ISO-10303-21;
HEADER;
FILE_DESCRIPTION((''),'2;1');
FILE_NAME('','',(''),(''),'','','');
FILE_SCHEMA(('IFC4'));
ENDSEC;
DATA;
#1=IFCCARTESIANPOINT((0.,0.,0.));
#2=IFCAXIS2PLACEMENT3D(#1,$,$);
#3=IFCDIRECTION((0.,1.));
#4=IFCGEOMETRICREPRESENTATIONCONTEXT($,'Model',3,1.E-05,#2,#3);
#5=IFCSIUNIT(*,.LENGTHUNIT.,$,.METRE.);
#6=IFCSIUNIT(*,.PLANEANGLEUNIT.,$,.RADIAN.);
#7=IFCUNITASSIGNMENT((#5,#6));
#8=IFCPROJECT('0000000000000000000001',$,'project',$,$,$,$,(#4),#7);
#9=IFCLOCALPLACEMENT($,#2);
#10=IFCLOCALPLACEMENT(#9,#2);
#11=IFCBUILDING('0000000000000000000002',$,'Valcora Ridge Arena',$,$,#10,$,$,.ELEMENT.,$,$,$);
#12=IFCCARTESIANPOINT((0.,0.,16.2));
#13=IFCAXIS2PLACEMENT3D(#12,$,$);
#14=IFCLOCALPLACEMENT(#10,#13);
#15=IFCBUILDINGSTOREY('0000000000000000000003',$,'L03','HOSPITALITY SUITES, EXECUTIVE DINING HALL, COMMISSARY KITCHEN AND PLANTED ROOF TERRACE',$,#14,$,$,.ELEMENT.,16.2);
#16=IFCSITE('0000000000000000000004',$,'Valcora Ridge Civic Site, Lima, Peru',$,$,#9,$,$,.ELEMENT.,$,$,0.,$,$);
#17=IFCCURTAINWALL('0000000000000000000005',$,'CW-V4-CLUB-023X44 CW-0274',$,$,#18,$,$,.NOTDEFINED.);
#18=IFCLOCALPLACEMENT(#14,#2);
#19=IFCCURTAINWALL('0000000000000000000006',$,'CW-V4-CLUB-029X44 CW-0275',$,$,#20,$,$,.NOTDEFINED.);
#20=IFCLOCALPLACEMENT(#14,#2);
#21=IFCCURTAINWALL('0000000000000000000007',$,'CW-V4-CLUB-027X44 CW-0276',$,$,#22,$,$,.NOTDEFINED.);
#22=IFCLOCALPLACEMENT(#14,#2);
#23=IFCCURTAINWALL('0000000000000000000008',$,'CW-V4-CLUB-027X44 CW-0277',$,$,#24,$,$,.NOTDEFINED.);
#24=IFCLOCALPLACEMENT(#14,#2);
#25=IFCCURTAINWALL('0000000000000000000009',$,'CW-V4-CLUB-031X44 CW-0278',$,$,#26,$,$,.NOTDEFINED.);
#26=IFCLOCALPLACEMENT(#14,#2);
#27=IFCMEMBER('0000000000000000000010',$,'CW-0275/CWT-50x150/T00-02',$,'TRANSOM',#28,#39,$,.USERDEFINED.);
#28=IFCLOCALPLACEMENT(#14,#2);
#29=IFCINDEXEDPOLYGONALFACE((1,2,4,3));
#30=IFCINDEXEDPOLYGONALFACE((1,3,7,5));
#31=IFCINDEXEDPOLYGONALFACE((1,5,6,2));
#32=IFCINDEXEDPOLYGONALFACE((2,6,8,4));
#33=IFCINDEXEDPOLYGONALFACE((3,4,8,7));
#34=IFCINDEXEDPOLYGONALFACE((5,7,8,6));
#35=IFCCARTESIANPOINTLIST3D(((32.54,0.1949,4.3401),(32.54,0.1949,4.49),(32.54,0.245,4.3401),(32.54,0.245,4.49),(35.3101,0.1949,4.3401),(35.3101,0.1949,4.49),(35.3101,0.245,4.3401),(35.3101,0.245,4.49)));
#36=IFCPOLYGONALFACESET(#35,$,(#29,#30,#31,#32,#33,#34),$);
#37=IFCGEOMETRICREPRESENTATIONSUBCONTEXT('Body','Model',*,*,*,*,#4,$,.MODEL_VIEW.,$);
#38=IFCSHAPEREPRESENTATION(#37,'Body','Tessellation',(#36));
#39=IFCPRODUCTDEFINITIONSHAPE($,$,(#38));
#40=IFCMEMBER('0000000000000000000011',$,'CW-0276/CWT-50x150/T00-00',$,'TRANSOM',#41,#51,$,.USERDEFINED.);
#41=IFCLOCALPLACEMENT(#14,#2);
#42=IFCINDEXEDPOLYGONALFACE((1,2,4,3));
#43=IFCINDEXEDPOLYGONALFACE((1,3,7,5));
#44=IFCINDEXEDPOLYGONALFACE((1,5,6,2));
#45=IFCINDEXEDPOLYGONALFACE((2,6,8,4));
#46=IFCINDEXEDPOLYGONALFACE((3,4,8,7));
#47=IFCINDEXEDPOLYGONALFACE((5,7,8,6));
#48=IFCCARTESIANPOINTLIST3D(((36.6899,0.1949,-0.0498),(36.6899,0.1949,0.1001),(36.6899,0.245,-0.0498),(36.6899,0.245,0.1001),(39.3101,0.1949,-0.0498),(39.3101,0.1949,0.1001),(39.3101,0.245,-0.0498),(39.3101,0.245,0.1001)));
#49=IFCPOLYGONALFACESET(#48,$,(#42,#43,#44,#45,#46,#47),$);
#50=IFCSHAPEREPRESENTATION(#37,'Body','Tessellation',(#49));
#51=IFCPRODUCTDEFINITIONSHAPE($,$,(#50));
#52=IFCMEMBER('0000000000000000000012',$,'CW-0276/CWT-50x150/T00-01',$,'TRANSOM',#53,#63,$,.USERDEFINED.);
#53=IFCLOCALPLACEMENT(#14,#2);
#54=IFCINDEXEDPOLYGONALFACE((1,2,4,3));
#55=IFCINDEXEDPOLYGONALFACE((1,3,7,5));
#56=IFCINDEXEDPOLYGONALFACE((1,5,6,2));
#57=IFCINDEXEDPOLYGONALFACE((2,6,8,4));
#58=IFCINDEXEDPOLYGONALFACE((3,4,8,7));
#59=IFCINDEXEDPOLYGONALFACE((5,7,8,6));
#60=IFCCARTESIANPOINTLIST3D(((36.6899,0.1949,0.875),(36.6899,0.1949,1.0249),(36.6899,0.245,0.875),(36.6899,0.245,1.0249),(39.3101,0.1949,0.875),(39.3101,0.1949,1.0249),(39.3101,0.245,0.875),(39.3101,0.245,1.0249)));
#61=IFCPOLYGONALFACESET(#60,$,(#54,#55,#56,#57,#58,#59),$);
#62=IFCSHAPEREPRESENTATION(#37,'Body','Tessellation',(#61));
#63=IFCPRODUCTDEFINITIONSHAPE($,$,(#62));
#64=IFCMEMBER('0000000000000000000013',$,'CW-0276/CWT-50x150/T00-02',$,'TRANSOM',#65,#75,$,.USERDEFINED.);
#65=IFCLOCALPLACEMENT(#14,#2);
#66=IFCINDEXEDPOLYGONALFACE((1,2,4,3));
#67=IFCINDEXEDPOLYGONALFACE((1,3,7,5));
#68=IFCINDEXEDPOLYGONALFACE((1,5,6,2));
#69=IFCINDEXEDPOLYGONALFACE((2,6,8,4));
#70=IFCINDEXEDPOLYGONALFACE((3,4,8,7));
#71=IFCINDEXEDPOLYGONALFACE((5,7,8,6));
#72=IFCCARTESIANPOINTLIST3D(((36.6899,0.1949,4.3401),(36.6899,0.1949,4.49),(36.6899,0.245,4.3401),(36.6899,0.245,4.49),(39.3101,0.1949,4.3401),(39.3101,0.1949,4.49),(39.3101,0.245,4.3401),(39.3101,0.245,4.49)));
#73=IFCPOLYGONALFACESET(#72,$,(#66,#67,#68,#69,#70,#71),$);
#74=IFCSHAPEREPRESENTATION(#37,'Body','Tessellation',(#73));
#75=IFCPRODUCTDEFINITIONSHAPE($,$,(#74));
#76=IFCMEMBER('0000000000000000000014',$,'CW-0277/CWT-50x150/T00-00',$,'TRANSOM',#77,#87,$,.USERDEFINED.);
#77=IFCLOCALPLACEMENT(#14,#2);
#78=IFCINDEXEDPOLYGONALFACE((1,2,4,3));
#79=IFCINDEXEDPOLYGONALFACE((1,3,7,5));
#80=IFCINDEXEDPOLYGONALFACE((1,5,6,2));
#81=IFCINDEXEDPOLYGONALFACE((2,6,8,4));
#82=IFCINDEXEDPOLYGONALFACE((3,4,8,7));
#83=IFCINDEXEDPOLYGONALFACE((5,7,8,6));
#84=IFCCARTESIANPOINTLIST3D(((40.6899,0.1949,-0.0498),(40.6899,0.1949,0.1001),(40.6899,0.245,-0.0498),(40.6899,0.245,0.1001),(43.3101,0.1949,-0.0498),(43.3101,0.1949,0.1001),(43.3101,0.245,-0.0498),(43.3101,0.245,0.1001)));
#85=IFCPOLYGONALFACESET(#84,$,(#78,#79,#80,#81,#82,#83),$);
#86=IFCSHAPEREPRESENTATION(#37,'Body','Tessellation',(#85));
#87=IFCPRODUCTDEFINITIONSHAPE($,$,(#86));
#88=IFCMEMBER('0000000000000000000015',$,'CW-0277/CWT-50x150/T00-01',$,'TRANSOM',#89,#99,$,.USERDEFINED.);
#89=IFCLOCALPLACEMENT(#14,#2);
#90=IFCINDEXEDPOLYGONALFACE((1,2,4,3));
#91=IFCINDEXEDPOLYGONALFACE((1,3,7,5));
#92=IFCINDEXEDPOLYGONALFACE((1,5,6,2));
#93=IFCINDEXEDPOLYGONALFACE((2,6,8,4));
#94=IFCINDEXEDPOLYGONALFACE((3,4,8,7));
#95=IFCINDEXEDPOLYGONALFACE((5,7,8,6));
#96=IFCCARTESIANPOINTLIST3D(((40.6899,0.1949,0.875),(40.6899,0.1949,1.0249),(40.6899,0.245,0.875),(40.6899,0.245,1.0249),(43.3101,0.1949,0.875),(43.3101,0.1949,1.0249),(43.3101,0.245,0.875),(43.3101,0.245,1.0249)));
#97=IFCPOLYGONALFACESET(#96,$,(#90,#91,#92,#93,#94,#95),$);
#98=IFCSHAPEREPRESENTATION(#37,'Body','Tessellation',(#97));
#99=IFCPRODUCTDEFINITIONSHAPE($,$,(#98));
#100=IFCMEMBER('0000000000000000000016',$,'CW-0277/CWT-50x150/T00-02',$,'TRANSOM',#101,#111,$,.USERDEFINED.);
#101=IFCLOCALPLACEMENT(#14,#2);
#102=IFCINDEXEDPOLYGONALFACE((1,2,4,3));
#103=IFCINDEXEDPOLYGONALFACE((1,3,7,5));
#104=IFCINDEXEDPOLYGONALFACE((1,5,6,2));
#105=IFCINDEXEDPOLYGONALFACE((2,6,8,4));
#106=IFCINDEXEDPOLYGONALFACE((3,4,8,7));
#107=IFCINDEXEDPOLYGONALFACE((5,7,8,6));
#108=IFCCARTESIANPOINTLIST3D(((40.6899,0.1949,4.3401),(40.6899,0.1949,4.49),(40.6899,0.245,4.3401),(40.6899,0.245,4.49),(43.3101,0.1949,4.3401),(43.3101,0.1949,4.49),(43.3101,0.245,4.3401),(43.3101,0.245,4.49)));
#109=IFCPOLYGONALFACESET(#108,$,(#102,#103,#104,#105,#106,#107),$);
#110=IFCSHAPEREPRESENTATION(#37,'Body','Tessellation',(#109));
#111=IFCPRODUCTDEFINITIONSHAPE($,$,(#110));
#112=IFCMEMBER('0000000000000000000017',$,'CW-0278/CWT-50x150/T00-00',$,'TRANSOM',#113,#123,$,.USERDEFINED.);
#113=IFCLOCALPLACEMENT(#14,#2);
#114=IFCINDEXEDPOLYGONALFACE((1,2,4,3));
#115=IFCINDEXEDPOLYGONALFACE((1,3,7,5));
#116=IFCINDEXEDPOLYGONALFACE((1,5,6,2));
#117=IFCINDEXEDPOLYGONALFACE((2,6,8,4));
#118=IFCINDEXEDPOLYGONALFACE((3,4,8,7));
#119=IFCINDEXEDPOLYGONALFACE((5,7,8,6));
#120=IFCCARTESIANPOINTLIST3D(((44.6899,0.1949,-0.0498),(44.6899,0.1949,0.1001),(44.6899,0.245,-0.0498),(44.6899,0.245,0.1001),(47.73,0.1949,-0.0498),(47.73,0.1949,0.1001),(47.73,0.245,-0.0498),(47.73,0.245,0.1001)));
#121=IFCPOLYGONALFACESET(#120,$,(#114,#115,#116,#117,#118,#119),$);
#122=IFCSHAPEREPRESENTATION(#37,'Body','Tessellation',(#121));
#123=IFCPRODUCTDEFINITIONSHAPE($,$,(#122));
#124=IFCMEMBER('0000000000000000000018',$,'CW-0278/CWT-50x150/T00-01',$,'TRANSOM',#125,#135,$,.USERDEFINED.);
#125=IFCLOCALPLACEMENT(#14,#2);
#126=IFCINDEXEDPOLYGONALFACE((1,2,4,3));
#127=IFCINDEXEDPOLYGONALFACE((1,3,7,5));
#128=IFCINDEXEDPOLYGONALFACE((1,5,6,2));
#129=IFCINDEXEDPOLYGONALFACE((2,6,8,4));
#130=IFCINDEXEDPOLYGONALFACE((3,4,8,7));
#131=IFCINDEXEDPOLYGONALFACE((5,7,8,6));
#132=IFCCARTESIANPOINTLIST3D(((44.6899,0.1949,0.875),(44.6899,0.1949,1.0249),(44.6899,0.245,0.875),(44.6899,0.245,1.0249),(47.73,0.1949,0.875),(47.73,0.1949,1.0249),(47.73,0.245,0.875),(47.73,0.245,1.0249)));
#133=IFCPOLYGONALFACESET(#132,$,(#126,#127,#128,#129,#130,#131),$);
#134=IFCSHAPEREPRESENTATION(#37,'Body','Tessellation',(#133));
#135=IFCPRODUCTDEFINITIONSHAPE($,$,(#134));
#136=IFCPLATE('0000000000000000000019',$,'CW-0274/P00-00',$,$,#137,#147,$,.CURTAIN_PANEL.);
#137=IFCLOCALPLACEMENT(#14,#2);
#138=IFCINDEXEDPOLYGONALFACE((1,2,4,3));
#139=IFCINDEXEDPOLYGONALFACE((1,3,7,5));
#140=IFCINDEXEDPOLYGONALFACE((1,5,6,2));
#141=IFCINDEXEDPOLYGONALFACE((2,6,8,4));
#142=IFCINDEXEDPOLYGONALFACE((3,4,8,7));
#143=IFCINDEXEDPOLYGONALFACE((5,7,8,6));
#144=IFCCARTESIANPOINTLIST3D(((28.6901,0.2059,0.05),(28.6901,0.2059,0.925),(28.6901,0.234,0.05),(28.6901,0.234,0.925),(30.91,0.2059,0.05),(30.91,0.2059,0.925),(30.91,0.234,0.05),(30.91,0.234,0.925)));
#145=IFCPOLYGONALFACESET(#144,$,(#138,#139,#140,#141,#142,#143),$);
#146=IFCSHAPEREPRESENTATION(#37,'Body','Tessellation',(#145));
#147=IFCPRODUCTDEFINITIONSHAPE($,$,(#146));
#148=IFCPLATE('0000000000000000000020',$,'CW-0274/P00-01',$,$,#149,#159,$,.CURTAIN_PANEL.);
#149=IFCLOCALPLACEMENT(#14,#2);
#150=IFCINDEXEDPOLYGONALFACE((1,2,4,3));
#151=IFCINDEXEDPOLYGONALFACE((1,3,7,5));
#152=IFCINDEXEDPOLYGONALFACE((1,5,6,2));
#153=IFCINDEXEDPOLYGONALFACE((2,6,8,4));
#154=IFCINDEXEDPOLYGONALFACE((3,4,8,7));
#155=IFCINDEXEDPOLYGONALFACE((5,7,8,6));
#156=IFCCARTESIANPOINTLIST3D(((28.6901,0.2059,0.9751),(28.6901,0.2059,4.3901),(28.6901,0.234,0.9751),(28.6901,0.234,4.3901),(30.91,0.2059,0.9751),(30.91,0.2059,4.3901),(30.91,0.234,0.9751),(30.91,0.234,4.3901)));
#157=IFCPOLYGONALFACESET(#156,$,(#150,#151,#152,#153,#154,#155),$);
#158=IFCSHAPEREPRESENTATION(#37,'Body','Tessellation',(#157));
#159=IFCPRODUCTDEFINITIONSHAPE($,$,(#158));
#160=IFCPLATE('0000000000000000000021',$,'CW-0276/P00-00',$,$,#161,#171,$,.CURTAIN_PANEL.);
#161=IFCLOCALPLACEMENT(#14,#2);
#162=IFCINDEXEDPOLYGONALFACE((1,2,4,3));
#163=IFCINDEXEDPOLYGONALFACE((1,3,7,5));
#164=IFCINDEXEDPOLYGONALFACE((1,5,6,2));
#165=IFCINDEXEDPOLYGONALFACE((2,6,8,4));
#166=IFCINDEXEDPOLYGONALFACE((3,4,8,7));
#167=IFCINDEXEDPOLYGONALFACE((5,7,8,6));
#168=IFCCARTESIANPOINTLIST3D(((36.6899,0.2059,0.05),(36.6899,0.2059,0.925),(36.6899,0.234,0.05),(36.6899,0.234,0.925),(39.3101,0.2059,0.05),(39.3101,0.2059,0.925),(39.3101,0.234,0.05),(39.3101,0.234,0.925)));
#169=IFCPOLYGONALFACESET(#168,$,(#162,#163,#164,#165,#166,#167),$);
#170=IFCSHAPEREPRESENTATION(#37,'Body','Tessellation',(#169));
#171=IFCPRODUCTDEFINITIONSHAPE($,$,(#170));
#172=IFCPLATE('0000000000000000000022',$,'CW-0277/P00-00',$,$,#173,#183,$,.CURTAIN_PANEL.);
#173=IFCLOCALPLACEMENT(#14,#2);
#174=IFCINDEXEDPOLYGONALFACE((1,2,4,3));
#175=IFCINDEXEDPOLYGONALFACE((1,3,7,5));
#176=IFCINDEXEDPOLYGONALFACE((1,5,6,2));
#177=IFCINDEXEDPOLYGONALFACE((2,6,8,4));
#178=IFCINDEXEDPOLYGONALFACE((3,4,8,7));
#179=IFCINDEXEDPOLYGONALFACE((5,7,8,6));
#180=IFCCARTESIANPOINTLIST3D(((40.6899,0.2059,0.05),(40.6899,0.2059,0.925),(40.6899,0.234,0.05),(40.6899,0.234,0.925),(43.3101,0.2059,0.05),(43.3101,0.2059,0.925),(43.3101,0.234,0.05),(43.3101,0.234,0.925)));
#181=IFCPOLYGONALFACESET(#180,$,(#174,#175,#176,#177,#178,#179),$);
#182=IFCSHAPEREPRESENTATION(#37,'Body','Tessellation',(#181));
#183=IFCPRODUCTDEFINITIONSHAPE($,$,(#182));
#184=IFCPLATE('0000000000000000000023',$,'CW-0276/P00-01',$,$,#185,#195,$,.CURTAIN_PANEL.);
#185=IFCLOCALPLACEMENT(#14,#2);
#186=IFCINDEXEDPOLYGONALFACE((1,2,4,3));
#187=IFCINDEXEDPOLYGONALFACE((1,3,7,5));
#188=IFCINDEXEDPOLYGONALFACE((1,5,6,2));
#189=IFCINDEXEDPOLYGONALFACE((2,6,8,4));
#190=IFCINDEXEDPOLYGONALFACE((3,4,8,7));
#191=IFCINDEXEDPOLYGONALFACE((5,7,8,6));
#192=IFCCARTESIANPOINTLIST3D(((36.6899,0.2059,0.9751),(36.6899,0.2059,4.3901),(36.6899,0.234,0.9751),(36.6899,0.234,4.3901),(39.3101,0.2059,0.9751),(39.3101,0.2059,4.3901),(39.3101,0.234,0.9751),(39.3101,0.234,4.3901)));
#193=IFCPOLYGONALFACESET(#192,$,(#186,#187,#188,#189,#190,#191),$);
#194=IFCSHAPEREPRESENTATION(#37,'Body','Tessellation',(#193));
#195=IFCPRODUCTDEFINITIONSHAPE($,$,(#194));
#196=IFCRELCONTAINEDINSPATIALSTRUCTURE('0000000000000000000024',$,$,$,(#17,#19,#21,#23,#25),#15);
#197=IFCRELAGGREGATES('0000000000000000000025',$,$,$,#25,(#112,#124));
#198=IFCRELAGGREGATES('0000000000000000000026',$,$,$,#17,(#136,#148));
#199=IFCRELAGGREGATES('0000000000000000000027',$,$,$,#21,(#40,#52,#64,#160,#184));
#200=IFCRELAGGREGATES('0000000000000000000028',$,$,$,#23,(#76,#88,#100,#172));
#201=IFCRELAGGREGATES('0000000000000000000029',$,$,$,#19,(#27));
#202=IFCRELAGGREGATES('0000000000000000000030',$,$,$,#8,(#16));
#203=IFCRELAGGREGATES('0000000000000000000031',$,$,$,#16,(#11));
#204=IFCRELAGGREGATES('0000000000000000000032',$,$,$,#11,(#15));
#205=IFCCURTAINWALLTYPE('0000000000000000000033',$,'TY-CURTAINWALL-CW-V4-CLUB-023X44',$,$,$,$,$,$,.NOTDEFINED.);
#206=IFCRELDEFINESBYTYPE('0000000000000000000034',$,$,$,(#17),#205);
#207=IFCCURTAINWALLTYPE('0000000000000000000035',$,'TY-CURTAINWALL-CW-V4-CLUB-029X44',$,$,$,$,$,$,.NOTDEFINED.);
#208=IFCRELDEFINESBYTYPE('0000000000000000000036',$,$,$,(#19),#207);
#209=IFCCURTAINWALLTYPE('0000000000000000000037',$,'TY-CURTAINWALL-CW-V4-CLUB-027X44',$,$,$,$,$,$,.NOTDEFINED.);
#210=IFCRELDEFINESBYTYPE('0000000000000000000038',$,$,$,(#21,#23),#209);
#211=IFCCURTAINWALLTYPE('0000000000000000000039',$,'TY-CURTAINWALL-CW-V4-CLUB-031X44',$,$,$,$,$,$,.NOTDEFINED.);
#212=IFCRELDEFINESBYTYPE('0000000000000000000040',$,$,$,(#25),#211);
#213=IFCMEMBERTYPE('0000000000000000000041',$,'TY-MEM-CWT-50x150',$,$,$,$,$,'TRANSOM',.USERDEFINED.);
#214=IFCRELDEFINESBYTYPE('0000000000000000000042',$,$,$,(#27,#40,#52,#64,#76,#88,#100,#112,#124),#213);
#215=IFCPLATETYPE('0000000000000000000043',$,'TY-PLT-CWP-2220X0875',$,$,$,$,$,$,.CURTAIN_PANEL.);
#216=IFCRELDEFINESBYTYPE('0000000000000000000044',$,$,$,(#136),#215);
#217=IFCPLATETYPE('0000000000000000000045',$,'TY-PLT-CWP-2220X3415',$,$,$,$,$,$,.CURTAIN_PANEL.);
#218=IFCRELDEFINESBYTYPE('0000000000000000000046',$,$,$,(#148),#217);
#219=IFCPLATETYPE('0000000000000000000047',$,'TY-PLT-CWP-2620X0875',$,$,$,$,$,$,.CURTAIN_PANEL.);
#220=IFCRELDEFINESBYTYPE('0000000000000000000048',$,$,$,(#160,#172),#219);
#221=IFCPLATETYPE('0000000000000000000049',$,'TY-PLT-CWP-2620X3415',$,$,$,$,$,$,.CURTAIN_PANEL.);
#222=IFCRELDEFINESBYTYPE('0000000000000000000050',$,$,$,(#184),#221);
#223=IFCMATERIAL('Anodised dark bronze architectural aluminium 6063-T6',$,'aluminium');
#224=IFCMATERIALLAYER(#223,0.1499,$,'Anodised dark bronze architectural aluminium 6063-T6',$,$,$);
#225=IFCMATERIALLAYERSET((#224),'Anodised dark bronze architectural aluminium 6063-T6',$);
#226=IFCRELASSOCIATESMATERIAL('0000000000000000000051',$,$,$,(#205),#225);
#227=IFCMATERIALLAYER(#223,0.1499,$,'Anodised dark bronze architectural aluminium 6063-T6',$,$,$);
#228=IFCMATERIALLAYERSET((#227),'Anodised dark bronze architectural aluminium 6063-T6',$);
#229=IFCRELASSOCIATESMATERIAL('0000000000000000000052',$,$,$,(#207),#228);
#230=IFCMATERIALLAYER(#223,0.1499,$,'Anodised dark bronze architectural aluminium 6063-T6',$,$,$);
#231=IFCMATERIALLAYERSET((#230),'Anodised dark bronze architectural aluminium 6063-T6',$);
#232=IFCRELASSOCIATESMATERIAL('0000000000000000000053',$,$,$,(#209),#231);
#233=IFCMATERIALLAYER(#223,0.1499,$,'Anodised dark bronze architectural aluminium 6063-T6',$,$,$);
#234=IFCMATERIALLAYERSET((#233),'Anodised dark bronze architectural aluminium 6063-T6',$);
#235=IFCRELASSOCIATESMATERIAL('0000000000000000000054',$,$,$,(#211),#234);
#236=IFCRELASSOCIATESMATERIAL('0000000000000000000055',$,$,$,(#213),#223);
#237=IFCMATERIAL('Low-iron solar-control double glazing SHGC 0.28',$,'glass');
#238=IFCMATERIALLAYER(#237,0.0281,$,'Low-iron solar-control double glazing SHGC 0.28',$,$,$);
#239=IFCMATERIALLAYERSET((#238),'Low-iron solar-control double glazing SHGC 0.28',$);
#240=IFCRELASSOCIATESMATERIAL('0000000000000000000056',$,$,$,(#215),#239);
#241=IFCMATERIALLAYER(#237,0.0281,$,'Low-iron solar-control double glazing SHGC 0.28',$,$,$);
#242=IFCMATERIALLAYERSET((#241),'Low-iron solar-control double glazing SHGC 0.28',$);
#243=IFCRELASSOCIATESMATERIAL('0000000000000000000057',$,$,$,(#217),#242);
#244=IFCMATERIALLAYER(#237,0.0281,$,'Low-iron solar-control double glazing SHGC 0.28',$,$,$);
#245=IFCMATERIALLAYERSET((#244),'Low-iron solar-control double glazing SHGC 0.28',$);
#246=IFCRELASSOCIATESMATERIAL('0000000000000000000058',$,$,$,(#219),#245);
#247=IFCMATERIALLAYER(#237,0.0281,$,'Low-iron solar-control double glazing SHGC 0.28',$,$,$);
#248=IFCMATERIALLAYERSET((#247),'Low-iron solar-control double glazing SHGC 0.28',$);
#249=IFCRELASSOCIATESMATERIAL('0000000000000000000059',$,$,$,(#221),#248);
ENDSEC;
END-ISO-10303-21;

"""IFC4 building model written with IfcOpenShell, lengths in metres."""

from ifc_helpers import new_model, si_unit, direction, frame, origin, origin_2d, place, context, subcontext, project, spatial, rectangle, extrude, material, layer, layer_set, material_profile, profile_set, type_object, element, aggregate, save


model = new_model("IFC4")

# Units and contexts
model_context = context("Model", 3, precision=1e-05, world=origin(), true_north=direction((0.0, 1.0)))
body_context = subcontext(model_context, "Body", "Model", "MODEL_VIEW")
ifc_project = project(units=[si_unit("LENGTHUNIT", "METRE"), si_unit("PLANEANGLEUNIT", "RADIAN")], contexts=[model_context])

# Site, building, storey
site_placement = place(None, origin())
site = spatial("IfcSite", under=ifc_project, at=site_placement, Name="Valcora Ridge Civic Site, Lima, Peru", CompositionType="ELEMENT", RefElevation=0.0)
building_placement = place(site_placement, origin())
building = spatial("IfcBuilding", under=site, at=building_placement, Name="Valcora Ridge Arena", CompositionType="ELEMENT")
storey_placement = place(building_placement, frame((0.0, 0.0, 16.2)))
storey = spatial("IfcBuildingStorey", under=building, at=storey_placement, Name="L03", Description="HOSPITALITY SUITES, EXECUTIVE DINING HALL, COMMISSARY KITCHEN AND PLANTED ROOF TERRACE", CompositionType="ELEMENT", Elevation=16.2)

# Curtain wall
ifc_material_1 = material(Name="Anodised dark bronze architectural aluminium 6063-T6", Category="aluminium")
ifc_layer_1 = layer(ifc_material_1, 0.1499, Name="Anodised dark bronze architectural aluminium 6063-T6")
ifc_layer_set_1 = layer_set([ifc_layer_1], Name="Anodised dark bronze architectural aluminium 6063-T6")
curtain_wall_type_1 = type_object("IfcCurtainWallType", Name="TY-CURTAINWALL-CW-V4-CLUB-023X44", PredefinedType="NOTDEFINED", material=ifc_layer_set_1)
curtain_wall_1_placement = place(storey_placement, origin())
curtain_wall_1 = element("IfcCurtainWall", 1, at=curtain_wall_1_placement, inside=storey, type_object=curtain_wall_type_1, Name="CW-V4-CLUB-023X44 CW-0274", PredefinedType="NOTDEFINED")

# Curtain walls
ifc_layer_2 = layer(ifc_material_1, 0.1499, Name="Anodised dark bronze architectural aluminium 6063-T6")
ifc_layer_set_2 = layer_set([ifc_layer_2], Name="Anodised dark bronze architectural aluminium 6063-T6")
curtain_wall_type_2 = type_object("IfcCurtainWallType", Name="TY-CURTAINWALL-CW-V4-CLUB-029X44", PredefinedType="NOTDEFINED", material=ifc_layer_set_2)
curtain_wall_2_placement = place(storey_placement, origin())
curtain_wall_2 = element("IfcCurtainWall", 2, at=curtain_wall_2_placement, inside=storey, type_object=curtain_wall_type_2, Name="CW-V4-CLUB-029X44 CW-0275", PredefinedType="NOTDEFINED")
ifc_layer_3 = layer(ifc_material_1, 0.1499, Name="Anodised dark bronze architectural aluminium 6063-T6")
ifc_layer_set_3 = layer_set([ifc_layer_3], Name="Anodised dark bronze architectural aluminium 6063-T6")
curtain_wall_type_3 = type_object("IfcCurtainWallType", Name="TY-CURTAINWALL-CW-V4-CLUB-027X44", PredefinedType="NOTDEFINED", material=ifc_layer_set_3)
curtain_wall_3_placement = place(storey_placement, origin())
curtain_wall_3 = element("IfcCurtainWall", 3, at=curtain_wall_3_placement, inside=storey, type_object=curtain_wall_type_3, Name="CW-V4-CLUB-027X44 CW-0276", PredefinedType="NOTDEFINED")
curtain_wall_4_placement = place(storey_placement, origin())
curtain_wall_4 = element("IfcCurtainWall", 4, at=curtain_wall_4_placement, inside=storey, type_object=curtain_wall_type_3, Name="CW-V4-CLUB-027X44 CW-0277", PredefinedType="NOTDEFINED")

# Curtain wall
ifc_layer_4 = layer(ifc_material_1, 0.1499, Name="Anodised dark bronze architectural aluminium 6063-T6")
ifc_layer_set_4 = layer_set([ifc_layer_4], Name="Anodised dark bronze architectural aluminium 6063-T6")
curtain_wall_type_4 = type_object("IfcCurtainWallType", Name="TY-CURTAINWALL-CW-V4-CLUB-031X44", PredefinedType="NOTDEFINED", material=ifc_layer_set_4)
curtain_wall_5_placement = place(storey_placement, origin())
curtain_wall_5 = element("IfcCurtainWall", 5, at=curtain_wall_5_placement, inside=storey, type_object=curtain_wall_type_4, Name="CW-V4-CLUB-031X44 CW-0278", PredefinedType="NOTDEFINED")

# Members
ifc_material_profile_1 = material_profile(ifc_material_1, rectangle(XDim=0.05, YDim=0.1499, at=origin_2d()), Name="ALU TRANSOM 50x150")
ifc_profile_set_1 = profile_set([ifc_material_profile_1], Name="Anodised dark bronze architectural aluminium 6063-T6")
member_type_1 = type_object("IfcMemberType", Name="TY-MEM-CWT-50x150", ElementType="TRANSOM", PredefinedType="USERDEFINED", material=ifc_profile_set_1)
member_1_placement = place(storey_placement, frame((32.54, 0.22, 4.415), z_axis=(1.0, 0.0, 0.0), x_axis=(0.0, 1.0, 0.0)))
member_1 = element("IfcMember", 6, at=member_1_placement, type_object=member_type_1, Name="CW-0275/CWT-50x150/T00-02", ObjectType="TRANSOM", PredefinedType="USERDEFINED", context=body_context, shape_type="SweptSolid", body=[
    extrude(rectangle(XDim=0.05, YDim=0.1499, at=origin_2d()), origin(), (0.0, 0.0, 1.0), 2.77),
])
member_2_placement = place(storey_placement, frame((36.6899, 0.22, 0.0251), z_axis=(1.0, 0.0, 0.0), x_axis=(0.0, 1.0, 0.0)))
member_2 = element("IfcMember", 7, at=member_2_placement, type_object=member_type_1, Name="CW-0276/CWT-50x150/T00-00", ObjectType="TRANSOM", PredefinedType="USERDEFINED", context=body_context, shape_type="SweptSolid", body=[
    extrude(rectangle(XDim=0.05, YDim=0.1499, at=origin_2d()), origin(), (0.0, 0.0, 1.0), 2.6201),
])
member_3_placement = place(storey_placement, frame((36.6899, 0.22, 0.95), z_axis=(1.0, 0.0, 0.0), x_axis=(0.0, 1.0, 0.0)))
member_3 = element("IfcMember", 8, at=member_3_placement, type_object=member_type_1, Name="CW-0276/CWT-50x150/T00-01", ObjectType="TRANSOM", PredefinedType="USERDEFINED", context=body_context, shape_type="SweptSolid", body=[
    extrude(rectangle(XDim=0.05, YDim=0.1499, at=origin_2d()), origin(), (0.0, 0.0, 1.0), 2.6201),
])
member_4_placement = place(storey_placement, frame((36.6899, 0.22, 4.415), z_axis=(1.0, 0.0, 0.0), x_axis=(0.0, 1.0, 0.0)))
member_4 = element("IfcMember", 9, at=member_4_placement, type_object=member_type_1, Name="CW-0276/CWT-50x150/T00-02", ObjectType="TRANSOM", PredefinedType="USERDEFINED", context=body_context, shape_type="SweptSolid", body=[
    extrude(rectangle(XDim=0.05, YDim=0.1499, at=origin_2d()), origin(), (0.0, 0.0, 1.0), 2.6201),
])
member_5_placement = place(storey_placement, frame((40.6899, 0.22, 0.0251), z_axis=(1.0, 0.0, 0.0), x_axis=(0.0, 1.0, 0.0)))
member_5 = element("IfcMember", 10, at=member_5_placement, type_object=member_type_1, Name="CW-0277/CWT-50x150/T00-00", ObjectType="TRANSOM", PredefinedType="USERDEFINED", context=body_context, shape_type="SweptSolid", body=[
    extrude(rectangle(XDim=0.05, YDim=0.1499, at=origin_2d()), origin(), (0.0, 0.0, 1.0), 2.6201),
])
member_6_placement = place(storey_placement, frame((40.6899, 0.22, 0.95), z_axis=(1.0, 0.0, 0.0), x_axis=(0.0, 1.0, 0.0)))
member_6 = element("IfcMember", 11, at=member_6_placement, type_object=member_type_1, Name="CW-0277/CWT-50x150/T00-01", ObjectType="TRANSOM", PredefinedType="USERDEFINED", context=body_context, shape_type="SweptSolid", body=[
    extrude(rectangle(XDim=0.05, YDim=0.1499, at=origin_2d()), origin(), (0.0, 0.0, 1.0), 2.6201),
])
member_7_placement = place(storey_placement, frame((40.6899, 0.22, 4.415), z_axis=(1.0, 0.0, 0.0), x_axis=(0.0, 1.0, 0.0)))
member_7 = element("IfcMember", 12, at=member_7_placement, type_object=member_type_1, Name="CW-0277/CWT-50x150/T00-02", ObjectType="TRANSOM", PredefinedType="USERDEFINED", context=body_context, shape_type="SweptSolid", body=[
    extrude(rectangle(XDim=0.05, YDim=0.1499, at=origin_2d()), origin(), (0.0, 0.0, 1.0), 2.6201),
])
member_8_placement = place(storey_placement, frame((44.6899, 0.22, 0.0251), z_axis=(1.0, 0.0, 0.0), x_axis=(0.0, 1.0, 0.0)))
member_8 = element("IfcMember", 13, at=member_8_placement, type_object=member_type_1, Name="CW-0278/CWT-50x150/T00-00", ObjectType="TRANSOM", PredefinedType="USERDEFINED", context=body_context, shape_type="SweptSolid", body=[
    extrude(rectangle(XDim=0.05, YDim=0.1499, at=origin_2d()), origin(), (0.0, 0.0, 1.0), 3.04),
])
member_9_placement = place(storey_placement, frame((44.6899, 0.22, 0.95), z_axis=(1.0, 0.0, 0.0), x_axis=(0.0, 1.0, 0.0)))
member_9 = element("IfcMember", 14, at=member_9_placement, type_object=member_type_1, Name="CW-0278/CWT-50x150/T00-01", ObjectType="TRANSOM", PredefinedType="USERDEFINED", context=body_context, shape_type="SweptSolid", body=[
    extrude(rectangle(XDim=0.05, YDim=0.1499, at=origin_2d()), origin(), (0.0, 0.0, 1.0), 3.04),
])
aggregate(curtain_wall_5, [member_8, member_9])

# Plates
ifc_material_2 = material(Name="Low-iron solar-control double glazing SHGC 0.28", Category="glass")
ifc_layer_5 = layer(ifc_material_2, 0.0281, Name="Low-iron solar-control double glazing SHGC 0.28")
ifc_layer_set_5 = layer_set([ifc_layer_5], Name="Low-iron solar-control double glazing SHGC 0.28")
plate_type_1 = type_object("IfcPlateType", Name="TY-PLT-CWP-2220X0875", PredefinedType="CURTAIN_PANEL", material=ifc_layer_set_5)
plate_1_placement = place(storey_placement, frame((29.8, 0.22, 0.05), z_axis=(0.0, 0.0, 1.0), x_axis=(1.0, 0.0, 0.0)))
plate_1 = element("IfcPlate", 15, at=plate_1_placement, type_object=plate_type_1, Name="CW-0274/P00-00", PredefinedType="CURTAIN_PANEL", context=body_context, shape_type="SweptSolid", body=[
    extrude(rectangle(XDim=2.22, YDim=0.0281, at=origin_2d()), origin(), (0.0, 0.0, 1.0), 0.875),
])
ifc_layer_6 = layer(ifc_material_2, 0.0281, Name="Low-iron solar-control double glazing SHGC 0.28")
ifc_layer_set_6 = layer_set([ifc_layer_6], Name="Low-iron solar-control double glazing SHGC 0.28")
plate_type_2 = type_object("IfcPlateType", Name="TY-PLT-CWP-2220X3415", PredefinedType="CURTAIN_PANEL", material=ifc_layer_set_6)
plate_2_placement = place(storey_placement, frame((29.8, 0.22, 0.9751), z_axis=(0.0, 0.0, 1.0), x_axis=(1.0, 0.0, 0.0)))
plate_2 = element("IfcPlate", 16, at=plate_2_placement, type_object=plate_type_2, Name="CW-0274/P00-01", PredefinedType="CURTAIN_PANEL", context=body_context, shape_type="SweptSolid", body=[
    extrude(rectangle(XDim=2.22, YDim=0.0281, at=origin_2d()), origin(), (0.0, 0.0, 1.0), 3.415),
])
aggregate(curtain_wall_1, [plate_1, plate_2])
ifc_layer_7 = layer(ifc_material_2, 0.0281, Name="Low-iron solar-control double glazing SHGC 0.28")
ifc_layer_set_7 = layer_set([ifc_layer_7], Name="Low-iron solar-control double glazing SHGC 0.28")
plate_type_3 = type_object("IfcPlateType", Name="TY-PLT-CWP-2620X0875", PredefinedType="CURTAIN_PANEL", material=ifc_layer_set_7)
plate_3_placement = place(storey_placement, frame((38.0, 0.22, 0.05), z_axis=(0.0, 0.0, 1.0), x_axis=(1.0, 0.0, 0.0)))
plate_3 = element("IfcPlate", 17, at=plate_3_placement, type_object=plate_type_3, Name="CW-0276/P00-00", PredefinedType="CURTAIN_PANEL", context=body_context, shape_type="SweptSolid", body=[
    extrude(rectangle(XDim=2.6201, YDim=0.0281, at=origin_2d()), origin(), (0.0, 0.0, 1.0), 0.875),
])
plate_4_placement = place(storey_placement, frame((42.0, 0.22, 0.05), z_axis=(0.0, 0.0, 1.0), x_axis=(1.0, 0.0, 0.0)))
plate_4 = element("IfcPlate", 18, at=plate_4_placement, type_object=plate_type_3, Name="CW-0277/P00-00", PredefinedType="CURTAIN_PANEL", context=body_context, shape_type="SweptSolid", body=[
    extrude(rectangle(XDim=2.6201, YDim=0.0281, at=origin_2d()), origin(), (0.0, 0.0, 1.0), 0.875),
])
ifc_layer_8 = layer(ifc_material_2, 0.0281, Name="Low-iron solar-control double glazing SHGC 0.28")
ifc_layer_set_8 = layer_set([ifc_layer_8], Name="Low-iron solar-control double glazing SHGC 0.28")
plate_type_4 = type_object("IfcPlateType", Name="TY-PLT-CWP-2620X3415", PredefinedType="CURTAIN_PANEL", material=ifc_layer_set_8)
plate_5_placement = place(storey_placement, frame((38.0, 0.22, 0.9751), z_axis=(0.0, 0.0, 1.0), x_axis=(1.0, 0.0, 0.0)))
plate_5 = element("IfcPlate", 19, at=plate_5_placement, type_object=plate_type_4, Name="CW-0276/P00-01", PredefinedType="CURTAIN_PANEL", context=body_context, shape_type="SweptSolid", body=[
    extrude(rectangle(XDim=2.6201, YDim=0.0281, at=origin_2d()), origin(), (0.0, 0.0, 1.0), 3.415),
])
aggregate(curtain_wall_3, [member_2, member_3, member_4, plate_3, plate_5])
aggregate(curtain_wall_4, [member_5, member_6, member_7, plate_4])
aggregate(curtain_wall_2, [member_1])

save(model, "model.ifc")
